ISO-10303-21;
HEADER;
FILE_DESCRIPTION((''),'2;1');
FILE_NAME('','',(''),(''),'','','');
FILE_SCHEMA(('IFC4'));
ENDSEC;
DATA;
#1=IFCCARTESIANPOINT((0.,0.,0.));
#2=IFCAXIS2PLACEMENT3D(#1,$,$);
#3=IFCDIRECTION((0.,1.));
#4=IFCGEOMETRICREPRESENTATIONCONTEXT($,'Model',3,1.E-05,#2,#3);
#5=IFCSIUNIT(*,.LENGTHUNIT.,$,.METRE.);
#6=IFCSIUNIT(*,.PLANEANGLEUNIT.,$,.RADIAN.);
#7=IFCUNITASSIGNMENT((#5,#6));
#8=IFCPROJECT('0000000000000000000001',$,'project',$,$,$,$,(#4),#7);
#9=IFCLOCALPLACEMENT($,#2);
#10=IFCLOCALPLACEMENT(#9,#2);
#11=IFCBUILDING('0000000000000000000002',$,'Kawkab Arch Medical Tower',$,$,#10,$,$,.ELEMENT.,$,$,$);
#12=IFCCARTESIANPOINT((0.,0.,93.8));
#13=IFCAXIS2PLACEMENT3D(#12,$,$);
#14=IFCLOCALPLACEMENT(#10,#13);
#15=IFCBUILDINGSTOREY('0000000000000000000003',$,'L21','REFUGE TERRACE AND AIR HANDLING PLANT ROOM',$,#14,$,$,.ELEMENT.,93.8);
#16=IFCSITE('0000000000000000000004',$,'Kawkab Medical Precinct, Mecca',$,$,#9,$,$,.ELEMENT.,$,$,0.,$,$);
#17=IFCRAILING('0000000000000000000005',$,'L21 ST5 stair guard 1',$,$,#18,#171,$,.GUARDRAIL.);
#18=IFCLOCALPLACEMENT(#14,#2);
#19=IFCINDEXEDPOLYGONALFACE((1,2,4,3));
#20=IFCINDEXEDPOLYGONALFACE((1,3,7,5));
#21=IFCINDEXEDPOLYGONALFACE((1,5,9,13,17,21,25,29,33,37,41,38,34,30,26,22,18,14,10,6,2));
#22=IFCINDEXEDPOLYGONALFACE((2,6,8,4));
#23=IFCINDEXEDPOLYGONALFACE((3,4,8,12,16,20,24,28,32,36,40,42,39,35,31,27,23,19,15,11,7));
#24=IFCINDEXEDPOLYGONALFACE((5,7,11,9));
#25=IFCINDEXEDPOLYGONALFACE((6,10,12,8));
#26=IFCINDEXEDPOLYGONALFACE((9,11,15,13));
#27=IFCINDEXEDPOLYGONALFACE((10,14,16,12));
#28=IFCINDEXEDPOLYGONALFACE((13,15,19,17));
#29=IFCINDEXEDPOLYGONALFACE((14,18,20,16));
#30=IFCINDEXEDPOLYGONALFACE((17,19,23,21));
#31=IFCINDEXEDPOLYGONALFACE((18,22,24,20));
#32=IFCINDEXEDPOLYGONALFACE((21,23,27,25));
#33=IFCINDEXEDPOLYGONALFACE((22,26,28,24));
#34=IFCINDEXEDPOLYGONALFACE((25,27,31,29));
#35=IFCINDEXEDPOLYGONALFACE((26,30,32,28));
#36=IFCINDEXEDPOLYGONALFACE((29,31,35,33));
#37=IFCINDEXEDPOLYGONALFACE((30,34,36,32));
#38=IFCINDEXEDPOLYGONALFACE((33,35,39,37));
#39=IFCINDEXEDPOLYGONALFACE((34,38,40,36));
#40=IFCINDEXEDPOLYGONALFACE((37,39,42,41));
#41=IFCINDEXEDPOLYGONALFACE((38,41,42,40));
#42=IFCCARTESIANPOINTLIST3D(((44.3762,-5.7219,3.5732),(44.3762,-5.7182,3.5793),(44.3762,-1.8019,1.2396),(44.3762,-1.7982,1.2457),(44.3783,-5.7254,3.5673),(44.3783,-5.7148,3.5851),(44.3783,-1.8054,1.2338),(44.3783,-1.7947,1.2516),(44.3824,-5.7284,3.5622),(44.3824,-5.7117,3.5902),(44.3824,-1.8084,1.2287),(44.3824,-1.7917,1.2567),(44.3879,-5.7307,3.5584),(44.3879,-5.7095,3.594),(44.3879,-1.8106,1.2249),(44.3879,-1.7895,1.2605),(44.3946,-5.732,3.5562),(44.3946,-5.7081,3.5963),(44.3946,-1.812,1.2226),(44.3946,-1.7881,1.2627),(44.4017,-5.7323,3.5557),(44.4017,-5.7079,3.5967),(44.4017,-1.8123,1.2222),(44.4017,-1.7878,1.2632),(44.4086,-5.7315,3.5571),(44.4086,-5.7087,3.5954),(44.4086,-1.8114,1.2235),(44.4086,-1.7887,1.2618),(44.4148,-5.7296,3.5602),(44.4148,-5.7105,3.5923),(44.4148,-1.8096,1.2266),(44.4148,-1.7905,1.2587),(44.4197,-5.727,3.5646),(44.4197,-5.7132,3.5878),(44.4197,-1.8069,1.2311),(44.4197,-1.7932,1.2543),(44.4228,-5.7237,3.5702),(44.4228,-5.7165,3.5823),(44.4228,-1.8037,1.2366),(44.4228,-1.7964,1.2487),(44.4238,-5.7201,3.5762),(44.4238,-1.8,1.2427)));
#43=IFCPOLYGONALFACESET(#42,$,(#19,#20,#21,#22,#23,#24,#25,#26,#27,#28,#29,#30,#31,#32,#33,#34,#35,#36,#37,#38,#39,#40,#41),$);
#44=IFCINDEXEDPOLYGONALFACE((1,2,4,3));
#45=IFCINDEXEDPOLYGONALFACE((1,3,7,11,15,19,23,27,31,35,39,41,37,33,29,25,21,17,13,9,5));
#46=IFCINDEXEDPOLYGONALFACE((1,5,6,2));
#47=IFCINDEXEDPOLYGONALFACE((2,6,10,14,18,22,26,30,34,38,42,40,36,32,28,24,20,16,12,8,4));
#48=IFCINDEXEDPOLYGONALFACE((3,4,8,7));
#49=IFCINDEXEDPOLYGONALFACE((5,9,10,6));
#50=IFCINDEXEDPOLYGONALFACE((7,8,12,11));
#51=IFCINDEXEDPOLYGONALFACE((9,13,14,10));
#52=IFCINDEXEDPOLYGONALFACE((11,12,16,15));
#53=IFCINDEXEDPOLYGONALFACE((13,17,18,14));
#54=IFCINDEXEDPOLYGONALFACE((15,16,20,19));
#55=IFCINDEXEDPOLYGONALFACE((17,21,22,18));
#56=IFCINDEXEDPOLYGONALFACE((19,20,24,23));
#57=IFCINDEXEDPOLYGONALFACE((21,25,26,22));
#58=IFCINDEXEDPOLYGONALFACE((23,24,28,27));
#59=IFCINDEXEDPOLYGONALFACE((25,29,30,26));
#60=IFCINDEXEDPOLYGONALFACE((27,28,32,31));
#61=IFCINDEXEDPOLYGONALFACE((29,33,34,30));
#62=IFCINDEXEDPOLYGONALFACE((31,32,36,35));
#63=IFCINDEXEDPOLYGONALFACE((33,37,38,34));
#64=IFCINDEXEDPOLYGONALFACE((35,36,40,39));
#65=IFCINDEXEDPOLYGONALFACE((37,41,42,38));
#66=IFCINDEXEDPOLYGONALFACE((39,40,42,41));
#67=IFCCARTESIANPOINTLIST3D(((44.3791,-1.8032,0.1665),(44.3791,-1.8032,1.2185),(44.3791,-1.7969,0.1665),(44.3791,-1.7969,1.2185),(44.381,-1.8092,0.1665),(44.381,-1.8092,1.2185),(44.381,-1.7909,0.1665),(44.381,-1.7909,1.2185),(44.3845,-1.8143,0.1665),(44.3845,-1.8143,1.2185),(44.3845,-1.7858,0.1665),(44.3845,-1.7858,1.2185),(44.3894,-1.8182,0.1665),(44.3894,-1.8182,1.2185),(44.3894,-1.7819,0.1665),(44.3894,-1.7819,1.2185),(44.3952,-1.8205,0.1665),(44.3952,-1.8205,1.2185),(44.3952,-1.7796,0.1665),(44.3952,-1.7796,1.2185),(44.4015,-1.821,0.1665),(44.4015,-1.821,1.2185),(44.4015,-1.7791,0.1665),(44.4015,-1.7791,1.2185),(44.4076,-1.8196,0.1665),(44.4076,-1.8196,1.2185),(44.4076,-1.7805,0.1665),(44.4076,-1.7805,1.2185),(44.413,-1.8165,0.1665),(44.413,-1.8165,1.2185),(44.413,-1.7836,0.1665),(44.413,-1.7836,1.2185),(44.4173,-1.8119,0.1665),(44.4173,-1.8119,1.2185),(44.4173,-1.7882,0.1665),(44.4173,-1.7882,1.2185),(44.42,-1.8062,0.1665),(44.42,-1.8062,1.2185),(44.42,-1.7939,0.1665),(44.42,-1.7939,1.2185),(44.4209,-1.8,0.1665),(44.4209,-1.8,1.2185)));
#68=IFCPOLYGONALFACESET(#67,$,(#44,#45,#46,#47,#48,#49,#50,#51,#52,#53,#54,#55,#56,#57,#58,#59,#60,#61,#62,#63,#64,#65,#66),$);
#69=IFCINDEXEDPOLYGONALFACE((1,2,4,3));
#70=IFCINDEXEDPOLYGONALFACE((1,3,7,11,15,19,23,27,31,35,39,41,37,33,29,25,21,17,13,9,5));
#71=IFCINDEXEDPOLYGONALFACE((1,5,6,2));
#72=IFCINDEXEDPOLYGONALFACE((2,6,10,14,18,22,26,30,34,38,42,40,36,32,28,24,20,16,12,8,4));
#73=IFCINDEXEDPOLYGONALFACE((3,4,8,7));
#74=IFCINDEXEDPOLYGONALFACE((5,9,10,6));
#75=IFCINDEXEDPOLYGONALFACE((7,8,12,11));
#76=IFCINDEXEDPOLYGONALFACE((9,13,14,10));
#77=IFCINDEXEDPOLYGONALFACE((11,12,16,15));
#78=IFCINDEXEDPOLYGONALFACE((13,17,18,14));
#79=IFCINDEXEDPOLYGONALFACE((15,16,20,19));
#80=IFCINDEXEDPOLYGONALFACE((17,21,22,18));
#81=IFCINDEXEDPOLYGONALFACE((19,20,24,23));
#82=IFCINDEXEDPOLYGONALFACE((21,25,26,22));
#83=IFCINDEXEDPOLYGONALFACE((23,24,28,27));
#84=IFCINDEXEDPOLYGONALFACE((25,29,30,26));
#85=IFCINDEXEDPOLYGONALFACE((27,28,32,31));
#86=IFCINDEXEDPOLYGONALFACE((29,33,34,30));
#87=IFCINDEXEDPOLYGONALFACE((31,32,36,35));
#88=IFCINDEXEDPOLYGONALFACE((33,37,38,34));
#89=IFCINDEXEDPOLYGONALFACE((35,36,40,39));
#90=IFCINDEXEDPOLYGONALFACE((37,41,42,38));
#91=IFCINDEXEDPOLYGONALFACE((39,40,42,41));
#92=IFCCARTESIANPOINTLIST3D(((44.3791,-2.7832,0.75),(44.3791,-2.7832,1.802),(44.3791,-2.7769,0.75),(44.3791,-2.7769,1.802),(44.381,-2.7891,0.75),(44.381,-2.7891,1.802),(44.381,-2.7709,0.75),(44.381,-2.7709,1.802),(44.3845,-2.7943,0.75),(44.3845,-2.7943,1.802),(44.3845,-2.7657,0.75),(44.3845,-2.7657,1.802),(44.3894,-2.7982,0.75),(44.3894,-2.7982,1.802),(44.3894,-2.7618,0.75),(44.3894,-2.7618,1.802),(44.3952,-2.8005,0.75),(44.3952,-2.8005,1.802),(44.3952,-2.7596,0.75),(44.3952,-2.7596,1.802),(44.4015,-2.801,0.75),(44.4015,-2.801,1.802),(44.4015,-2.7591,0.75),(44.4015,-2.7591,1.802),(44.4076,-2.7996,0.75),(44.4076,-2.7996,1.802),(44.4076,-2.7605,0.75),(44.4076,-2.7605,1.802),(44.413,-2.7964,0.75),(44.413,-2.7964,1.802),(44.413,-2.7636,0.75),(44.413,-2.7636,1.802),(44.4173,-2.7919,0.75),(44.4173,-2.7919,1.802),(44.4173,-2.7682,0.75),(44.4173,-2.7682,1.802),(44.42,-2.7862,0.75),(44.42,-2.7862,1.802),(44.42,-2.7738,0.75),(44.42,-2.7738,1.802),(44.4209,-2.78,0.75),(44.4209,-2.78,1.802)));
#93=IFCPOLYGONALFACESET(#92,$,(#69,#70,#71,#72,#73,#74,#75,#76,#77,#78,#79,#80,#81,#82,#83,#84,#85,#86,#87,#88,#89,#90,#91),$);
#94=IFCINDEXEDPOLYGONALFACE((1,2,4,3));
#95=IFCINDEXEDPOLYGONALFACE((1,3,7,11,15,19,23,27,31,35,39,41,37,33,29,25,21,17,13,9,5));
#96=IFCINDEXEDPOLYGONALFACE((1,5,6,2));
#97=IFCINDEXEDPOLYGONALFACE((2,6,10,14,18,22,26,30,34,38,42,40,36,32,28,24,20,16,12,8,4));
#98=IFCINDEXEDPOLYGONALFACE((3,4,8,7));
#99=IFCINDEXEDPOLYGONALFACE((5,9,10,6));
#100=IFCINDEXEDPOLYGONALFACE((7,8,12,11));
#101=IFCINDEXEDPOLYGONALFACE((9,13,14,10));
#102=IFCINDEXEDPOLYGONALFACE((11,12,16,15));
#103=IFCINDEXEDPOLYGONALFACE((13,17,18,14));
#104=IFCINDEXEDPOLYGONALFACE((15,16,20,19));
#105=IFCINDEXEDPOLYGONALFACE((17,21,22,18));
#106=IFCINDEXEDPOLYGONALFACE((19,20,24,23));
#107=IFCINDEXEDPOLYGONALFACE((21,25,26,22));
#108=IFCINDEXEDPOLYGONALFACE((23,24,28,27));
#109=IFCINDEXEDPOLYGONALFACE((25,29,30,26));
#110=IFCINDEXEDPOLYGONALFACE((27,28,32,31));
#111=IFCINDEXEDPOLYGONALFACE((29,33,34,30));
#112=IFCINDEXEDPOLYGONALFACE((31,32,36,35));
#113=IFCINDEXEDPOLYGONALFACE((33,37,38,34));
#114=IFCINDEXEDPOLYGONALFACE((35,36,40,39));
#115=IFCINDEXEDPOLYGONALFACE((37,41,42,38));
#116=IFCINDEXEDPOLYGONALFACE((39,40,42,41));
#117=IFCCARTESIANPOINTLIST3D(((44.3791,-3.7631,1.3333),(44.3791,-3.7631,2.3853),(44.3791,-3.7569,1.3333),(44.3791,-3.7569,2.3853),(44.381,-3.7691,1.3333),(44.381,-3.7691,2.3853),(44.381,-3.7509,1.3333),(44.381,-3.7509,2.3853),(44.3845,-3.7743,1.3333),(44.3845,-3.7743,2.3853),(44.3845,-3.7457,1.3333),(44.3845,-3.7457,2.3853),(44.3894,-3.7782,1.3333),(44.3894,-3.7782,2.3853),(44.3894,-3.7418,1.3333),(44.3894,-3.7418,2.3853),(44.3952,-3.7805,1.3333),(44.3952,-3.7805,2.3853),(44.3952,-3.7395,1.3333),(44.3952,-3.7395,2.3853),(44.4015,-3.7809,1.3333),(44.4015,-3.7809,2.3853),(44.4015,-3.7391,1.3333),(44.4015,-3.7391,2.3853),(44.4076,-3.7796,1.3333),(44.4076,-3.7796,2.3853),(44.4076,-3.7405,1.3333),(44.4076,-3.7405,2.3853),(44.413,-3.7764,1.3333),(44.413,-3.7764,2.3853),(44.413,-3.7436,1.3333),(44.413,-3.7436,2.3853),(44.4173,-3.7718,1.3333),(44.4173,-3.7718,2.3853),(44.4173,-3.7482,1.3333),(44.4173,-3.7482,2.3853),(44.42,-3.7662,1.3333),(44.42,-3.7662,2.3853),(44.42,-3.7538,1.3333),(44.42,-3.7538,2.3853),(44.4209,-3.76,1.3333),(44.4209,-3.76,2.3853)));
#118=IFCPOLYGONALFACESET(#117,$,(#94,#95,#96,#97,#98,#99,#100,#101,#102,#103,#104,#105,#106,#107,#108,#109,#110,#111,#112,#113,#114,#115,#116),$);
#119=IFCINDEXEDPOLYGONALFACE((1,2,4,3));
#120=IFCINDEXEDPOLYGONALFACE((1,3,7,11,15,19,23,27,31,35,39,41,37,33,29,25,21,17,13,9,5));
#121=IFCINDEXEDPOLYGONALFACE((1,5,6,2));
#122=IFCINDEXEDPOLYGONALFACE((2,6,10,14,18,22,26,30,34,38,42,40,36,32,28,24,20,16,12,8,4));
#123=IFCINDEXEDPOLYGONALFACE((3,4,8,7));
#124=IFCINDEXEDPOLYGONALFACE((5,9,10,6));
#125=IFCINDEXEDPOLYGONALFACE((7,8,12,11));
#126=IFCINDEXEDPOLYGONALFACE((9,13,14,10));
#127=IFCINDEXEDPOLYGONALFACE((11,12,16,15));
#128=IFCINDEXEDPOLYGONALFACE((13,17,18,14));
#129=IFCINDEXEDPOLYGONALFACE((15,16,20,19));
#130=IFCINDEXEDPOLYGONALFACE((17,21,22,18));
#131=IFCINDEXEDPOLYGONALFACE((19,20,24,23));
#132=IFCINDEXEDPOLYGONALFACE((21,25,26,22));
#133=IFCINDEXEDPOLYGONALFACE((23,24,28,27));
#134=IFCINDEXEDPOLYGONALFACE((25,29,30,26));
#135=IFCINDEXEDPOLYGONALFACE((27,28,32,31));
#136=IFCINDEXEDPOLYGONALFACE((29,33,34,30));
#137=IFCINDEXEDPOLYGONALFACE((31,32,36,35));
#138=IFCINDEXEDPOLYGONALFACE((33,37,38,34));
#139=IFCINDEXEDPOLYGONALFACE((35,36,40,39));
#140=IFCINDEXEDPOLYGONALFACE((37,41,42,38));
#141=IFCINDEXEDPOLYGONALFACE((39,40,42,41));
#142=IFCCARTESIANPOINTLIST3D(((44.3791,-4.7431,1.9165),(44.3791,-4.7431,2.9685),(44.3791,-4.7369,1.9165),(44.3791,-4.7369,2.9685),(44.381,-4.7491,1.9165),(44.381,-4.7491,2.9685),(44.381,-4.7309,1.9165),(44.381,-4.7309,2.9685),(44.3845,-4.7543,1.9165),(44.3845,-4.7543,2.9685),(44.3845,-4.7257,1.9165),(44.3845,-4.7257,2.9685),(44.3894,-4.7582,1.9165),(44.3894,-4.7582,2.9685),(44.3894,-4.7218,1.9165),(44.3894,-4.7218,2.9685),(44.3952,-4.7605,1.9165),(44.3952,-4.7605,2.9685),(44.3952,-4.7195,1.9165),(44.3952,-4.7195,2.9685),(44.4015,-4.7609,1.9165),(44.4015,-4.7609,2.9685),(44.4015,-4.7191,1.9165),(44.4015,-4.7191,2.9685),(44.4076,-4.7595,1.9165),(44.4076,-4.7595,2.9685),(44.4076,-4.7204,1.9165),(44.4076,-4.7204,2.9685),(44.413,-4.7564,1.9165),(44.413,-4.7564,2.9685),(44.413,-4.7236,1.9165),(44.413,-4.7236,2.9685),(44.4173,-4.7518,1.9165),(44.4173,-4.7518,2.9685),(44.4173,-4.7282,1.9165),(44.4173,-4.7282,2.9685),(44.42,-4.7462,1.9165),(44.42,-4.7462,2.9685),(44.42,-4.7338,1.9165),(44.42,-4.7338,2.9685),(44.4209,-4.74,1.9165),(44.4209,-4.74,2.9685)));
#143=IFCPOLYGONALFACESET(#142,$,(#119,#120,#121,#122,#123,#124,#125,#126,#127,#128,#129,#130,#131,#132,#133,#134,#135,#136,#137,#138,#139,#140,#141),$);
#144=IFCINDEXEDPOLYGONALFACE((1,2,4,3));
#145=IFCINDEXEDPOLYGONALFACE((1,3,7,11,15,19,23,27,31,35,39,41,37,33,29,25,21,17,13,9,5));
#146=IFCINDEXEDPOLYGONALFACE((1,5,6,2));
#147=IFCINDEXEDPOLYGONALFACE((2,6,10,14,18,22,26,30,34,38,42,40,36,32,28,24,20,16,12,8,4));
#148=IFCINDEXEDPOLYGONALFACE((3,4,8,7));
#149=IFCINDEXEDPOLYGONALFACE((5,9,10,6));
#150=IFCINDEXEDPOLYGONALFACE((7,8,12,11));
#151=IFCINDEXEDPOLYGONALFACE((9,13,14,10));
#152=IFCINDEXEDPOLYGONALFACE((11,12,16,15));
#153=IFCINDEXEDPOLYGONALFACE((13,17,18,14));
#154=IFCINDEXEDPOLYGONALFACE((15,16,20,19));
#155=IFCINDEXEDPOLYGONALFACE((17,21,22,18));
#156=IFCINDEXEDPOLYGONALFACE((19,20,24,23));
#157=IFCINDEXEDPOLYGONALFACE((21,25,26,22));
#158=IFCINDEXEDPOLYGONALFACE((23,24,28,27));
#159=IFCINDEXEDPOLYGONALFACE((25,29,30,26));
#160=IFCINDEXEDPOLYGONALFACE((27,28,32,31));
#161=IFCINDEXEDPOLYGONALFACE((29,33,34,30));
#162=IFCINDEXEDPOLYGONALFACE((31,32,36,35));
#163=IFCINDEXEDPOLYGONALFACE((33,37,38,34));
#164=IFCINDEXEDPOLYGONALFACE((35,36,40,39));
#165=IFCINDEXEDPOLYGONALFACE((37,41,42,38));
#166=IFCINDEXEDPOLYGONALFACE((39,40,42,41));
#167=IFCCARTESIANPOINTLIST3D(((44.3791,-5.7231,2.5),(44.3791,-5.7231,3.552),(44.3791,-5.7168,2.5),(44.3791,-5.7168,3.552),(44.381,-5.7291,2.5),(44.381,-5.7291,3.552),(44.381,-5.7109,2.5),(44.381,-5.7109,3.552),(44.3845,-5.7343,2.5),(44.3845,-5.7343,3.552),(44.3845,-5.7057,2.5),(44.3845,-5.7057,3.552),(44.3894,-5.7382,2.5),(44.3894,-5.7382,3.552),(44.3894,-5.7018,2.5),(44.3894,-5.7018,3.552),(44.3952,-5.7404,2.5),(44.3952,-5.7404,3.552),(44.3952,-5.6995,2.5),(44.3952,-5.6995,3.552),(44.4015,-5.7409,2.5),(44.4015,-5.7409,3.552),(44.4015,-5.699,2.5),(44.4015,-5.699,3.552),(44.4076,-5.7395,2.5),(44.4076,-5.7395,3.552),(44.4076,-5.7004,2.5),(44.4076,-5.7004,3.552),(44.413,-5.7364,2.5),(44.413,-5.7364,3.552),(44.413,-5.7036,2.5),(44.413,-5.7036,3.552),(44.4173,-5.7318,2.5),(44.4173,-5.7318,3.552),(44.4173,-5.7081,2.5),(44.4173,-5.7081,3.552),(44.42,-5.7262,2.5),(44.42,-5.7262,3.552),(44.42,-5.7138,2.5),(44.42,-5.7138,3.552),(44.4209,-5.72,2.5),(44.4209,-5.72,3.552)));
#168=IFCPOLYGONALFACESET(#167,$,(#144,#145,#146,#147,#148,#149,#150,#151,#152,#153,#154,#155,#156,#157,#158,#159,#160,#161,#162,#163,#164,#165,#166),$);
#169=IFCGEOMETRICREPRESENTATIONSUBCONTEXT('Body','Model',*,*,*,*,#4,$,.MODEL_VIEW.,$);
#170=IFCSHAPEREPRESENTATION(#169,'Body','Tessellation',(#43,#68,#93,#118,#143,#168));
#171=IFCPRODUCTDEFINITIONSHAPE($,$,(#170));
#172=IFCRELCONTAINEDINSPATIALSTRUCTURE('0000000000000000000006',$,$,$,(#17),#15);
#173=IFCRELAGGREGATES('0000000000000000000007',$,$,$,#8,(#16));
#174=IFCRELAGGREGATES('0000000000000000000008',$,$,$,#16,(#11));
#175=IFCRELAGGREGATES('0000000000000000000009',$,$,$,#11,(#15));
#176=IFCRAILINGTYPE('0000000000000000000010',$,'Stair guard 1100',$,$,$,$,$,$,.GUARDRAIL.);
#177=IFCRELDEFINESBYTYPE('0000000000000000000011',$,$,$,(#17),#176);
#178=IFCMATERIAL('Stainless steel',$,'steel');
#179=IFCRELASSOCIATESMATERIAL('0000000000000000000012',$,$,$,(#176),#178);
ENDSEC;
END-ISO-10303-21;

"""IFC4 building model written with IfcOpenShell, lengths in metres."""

from ifc_helpers import new_model, si_unit, direction, frame, origin, origin_2d, place, context, subcontext, project, spatial, circle, extrude, material, type_object, element, save


model = new_model("IFC4")

# Units and contexts
model_context = context("Model", 3, precision=1e-05, world=origin(), true_north=direction((0.0, 1.0)))
body_context = subcontext(model_context, "Body", "Model", "MODEL_VIEW")
ifc_project = project(units=[si_unit("LENGTHUNIT", "METRE"), si_unit("PLANEANGLEUNIT", "RADIAN")], contexts=[model_context])

# Site, building, storey
site_placement = place(None, origin())
site = spatial("IfcSite", under=ifc_project, at=site_placement, Name="Kawkab Medical Precinct, Mecca", CompositionType="ELEMENT", RefElevation=0.0)
building_placement = place(site_placement, origin())
building = spatial("IfcBuilding", under=site, at=building_placement, Name="Kawkab Arch Medical Tower", CompositionType="ELEMENT")
storey_placement = place(building_placement, frame((0.0, 0.0, 93.8)))
storey = spatial("IfcBuildingStorey", under=building, at=storey_placement, Name="L21", Description="REFUGE TERRACE AND AIR HANDLING PLANT ROOM", CompositionType="ELEMENT", Elevation=93.8)

# Railing
ifc_material_1 = material(Name="Stainless steel", Category="steel")
railing_type = type_object("IfcRailingType", Name="Stair guard 1100", PredefinedType="GUARDRAIL", material=ifc_material_1)
railing_1_placement = place(storey_placement, frame((44.3999, -1.8, 0.1665)))
element("IfcRailing", 1, at=railing_1_placement, inside=storey, type_object=railing_type, Name="L21 ST5 stair guard 1", PredefinedType="GUARDRAIL", context=body_context, shape_type="SweptSolid", body=[
    extrude(circle(Radius=0.0239, at=origin_2d()), frame((0.0, 0.0, 1.0762), z_axis=(0.0, -0.859273, 0.511518), x_axis=(1.0, 0.0, 0.0)), (0.0, 0.0, 1.0), 4.562),
    extrude(circle(Radius=0.021, at=origin_2d()), origin(), (0.0, 0.0, 1.0), 1.052),
    extrude(circle(Radius=0.021, at=origin_2d()), frame((0.0, -0.98, 0.5835)), (0.0, 0.0, 1.0), 1.052),
    extrude(circle(Radius=0.021, at=origin_2d()), frame((0.0, -1.96, 1.1667)), (0.0, 0.0, 1.0), 1.052),
    extrude(circle(Radius=0.021, at=origin_2d()), frame((0.0, -2.9399, 1.75)), (0.0, 0.0, 1.0), 1.052),
    extrude(circle(Radius=0.021, at=origin_2d()), frame((0.0, -3.9199, 2.3335)), (0.0, 0.0, 1.0), 1.052),
])

save(model, "model.ifc")
